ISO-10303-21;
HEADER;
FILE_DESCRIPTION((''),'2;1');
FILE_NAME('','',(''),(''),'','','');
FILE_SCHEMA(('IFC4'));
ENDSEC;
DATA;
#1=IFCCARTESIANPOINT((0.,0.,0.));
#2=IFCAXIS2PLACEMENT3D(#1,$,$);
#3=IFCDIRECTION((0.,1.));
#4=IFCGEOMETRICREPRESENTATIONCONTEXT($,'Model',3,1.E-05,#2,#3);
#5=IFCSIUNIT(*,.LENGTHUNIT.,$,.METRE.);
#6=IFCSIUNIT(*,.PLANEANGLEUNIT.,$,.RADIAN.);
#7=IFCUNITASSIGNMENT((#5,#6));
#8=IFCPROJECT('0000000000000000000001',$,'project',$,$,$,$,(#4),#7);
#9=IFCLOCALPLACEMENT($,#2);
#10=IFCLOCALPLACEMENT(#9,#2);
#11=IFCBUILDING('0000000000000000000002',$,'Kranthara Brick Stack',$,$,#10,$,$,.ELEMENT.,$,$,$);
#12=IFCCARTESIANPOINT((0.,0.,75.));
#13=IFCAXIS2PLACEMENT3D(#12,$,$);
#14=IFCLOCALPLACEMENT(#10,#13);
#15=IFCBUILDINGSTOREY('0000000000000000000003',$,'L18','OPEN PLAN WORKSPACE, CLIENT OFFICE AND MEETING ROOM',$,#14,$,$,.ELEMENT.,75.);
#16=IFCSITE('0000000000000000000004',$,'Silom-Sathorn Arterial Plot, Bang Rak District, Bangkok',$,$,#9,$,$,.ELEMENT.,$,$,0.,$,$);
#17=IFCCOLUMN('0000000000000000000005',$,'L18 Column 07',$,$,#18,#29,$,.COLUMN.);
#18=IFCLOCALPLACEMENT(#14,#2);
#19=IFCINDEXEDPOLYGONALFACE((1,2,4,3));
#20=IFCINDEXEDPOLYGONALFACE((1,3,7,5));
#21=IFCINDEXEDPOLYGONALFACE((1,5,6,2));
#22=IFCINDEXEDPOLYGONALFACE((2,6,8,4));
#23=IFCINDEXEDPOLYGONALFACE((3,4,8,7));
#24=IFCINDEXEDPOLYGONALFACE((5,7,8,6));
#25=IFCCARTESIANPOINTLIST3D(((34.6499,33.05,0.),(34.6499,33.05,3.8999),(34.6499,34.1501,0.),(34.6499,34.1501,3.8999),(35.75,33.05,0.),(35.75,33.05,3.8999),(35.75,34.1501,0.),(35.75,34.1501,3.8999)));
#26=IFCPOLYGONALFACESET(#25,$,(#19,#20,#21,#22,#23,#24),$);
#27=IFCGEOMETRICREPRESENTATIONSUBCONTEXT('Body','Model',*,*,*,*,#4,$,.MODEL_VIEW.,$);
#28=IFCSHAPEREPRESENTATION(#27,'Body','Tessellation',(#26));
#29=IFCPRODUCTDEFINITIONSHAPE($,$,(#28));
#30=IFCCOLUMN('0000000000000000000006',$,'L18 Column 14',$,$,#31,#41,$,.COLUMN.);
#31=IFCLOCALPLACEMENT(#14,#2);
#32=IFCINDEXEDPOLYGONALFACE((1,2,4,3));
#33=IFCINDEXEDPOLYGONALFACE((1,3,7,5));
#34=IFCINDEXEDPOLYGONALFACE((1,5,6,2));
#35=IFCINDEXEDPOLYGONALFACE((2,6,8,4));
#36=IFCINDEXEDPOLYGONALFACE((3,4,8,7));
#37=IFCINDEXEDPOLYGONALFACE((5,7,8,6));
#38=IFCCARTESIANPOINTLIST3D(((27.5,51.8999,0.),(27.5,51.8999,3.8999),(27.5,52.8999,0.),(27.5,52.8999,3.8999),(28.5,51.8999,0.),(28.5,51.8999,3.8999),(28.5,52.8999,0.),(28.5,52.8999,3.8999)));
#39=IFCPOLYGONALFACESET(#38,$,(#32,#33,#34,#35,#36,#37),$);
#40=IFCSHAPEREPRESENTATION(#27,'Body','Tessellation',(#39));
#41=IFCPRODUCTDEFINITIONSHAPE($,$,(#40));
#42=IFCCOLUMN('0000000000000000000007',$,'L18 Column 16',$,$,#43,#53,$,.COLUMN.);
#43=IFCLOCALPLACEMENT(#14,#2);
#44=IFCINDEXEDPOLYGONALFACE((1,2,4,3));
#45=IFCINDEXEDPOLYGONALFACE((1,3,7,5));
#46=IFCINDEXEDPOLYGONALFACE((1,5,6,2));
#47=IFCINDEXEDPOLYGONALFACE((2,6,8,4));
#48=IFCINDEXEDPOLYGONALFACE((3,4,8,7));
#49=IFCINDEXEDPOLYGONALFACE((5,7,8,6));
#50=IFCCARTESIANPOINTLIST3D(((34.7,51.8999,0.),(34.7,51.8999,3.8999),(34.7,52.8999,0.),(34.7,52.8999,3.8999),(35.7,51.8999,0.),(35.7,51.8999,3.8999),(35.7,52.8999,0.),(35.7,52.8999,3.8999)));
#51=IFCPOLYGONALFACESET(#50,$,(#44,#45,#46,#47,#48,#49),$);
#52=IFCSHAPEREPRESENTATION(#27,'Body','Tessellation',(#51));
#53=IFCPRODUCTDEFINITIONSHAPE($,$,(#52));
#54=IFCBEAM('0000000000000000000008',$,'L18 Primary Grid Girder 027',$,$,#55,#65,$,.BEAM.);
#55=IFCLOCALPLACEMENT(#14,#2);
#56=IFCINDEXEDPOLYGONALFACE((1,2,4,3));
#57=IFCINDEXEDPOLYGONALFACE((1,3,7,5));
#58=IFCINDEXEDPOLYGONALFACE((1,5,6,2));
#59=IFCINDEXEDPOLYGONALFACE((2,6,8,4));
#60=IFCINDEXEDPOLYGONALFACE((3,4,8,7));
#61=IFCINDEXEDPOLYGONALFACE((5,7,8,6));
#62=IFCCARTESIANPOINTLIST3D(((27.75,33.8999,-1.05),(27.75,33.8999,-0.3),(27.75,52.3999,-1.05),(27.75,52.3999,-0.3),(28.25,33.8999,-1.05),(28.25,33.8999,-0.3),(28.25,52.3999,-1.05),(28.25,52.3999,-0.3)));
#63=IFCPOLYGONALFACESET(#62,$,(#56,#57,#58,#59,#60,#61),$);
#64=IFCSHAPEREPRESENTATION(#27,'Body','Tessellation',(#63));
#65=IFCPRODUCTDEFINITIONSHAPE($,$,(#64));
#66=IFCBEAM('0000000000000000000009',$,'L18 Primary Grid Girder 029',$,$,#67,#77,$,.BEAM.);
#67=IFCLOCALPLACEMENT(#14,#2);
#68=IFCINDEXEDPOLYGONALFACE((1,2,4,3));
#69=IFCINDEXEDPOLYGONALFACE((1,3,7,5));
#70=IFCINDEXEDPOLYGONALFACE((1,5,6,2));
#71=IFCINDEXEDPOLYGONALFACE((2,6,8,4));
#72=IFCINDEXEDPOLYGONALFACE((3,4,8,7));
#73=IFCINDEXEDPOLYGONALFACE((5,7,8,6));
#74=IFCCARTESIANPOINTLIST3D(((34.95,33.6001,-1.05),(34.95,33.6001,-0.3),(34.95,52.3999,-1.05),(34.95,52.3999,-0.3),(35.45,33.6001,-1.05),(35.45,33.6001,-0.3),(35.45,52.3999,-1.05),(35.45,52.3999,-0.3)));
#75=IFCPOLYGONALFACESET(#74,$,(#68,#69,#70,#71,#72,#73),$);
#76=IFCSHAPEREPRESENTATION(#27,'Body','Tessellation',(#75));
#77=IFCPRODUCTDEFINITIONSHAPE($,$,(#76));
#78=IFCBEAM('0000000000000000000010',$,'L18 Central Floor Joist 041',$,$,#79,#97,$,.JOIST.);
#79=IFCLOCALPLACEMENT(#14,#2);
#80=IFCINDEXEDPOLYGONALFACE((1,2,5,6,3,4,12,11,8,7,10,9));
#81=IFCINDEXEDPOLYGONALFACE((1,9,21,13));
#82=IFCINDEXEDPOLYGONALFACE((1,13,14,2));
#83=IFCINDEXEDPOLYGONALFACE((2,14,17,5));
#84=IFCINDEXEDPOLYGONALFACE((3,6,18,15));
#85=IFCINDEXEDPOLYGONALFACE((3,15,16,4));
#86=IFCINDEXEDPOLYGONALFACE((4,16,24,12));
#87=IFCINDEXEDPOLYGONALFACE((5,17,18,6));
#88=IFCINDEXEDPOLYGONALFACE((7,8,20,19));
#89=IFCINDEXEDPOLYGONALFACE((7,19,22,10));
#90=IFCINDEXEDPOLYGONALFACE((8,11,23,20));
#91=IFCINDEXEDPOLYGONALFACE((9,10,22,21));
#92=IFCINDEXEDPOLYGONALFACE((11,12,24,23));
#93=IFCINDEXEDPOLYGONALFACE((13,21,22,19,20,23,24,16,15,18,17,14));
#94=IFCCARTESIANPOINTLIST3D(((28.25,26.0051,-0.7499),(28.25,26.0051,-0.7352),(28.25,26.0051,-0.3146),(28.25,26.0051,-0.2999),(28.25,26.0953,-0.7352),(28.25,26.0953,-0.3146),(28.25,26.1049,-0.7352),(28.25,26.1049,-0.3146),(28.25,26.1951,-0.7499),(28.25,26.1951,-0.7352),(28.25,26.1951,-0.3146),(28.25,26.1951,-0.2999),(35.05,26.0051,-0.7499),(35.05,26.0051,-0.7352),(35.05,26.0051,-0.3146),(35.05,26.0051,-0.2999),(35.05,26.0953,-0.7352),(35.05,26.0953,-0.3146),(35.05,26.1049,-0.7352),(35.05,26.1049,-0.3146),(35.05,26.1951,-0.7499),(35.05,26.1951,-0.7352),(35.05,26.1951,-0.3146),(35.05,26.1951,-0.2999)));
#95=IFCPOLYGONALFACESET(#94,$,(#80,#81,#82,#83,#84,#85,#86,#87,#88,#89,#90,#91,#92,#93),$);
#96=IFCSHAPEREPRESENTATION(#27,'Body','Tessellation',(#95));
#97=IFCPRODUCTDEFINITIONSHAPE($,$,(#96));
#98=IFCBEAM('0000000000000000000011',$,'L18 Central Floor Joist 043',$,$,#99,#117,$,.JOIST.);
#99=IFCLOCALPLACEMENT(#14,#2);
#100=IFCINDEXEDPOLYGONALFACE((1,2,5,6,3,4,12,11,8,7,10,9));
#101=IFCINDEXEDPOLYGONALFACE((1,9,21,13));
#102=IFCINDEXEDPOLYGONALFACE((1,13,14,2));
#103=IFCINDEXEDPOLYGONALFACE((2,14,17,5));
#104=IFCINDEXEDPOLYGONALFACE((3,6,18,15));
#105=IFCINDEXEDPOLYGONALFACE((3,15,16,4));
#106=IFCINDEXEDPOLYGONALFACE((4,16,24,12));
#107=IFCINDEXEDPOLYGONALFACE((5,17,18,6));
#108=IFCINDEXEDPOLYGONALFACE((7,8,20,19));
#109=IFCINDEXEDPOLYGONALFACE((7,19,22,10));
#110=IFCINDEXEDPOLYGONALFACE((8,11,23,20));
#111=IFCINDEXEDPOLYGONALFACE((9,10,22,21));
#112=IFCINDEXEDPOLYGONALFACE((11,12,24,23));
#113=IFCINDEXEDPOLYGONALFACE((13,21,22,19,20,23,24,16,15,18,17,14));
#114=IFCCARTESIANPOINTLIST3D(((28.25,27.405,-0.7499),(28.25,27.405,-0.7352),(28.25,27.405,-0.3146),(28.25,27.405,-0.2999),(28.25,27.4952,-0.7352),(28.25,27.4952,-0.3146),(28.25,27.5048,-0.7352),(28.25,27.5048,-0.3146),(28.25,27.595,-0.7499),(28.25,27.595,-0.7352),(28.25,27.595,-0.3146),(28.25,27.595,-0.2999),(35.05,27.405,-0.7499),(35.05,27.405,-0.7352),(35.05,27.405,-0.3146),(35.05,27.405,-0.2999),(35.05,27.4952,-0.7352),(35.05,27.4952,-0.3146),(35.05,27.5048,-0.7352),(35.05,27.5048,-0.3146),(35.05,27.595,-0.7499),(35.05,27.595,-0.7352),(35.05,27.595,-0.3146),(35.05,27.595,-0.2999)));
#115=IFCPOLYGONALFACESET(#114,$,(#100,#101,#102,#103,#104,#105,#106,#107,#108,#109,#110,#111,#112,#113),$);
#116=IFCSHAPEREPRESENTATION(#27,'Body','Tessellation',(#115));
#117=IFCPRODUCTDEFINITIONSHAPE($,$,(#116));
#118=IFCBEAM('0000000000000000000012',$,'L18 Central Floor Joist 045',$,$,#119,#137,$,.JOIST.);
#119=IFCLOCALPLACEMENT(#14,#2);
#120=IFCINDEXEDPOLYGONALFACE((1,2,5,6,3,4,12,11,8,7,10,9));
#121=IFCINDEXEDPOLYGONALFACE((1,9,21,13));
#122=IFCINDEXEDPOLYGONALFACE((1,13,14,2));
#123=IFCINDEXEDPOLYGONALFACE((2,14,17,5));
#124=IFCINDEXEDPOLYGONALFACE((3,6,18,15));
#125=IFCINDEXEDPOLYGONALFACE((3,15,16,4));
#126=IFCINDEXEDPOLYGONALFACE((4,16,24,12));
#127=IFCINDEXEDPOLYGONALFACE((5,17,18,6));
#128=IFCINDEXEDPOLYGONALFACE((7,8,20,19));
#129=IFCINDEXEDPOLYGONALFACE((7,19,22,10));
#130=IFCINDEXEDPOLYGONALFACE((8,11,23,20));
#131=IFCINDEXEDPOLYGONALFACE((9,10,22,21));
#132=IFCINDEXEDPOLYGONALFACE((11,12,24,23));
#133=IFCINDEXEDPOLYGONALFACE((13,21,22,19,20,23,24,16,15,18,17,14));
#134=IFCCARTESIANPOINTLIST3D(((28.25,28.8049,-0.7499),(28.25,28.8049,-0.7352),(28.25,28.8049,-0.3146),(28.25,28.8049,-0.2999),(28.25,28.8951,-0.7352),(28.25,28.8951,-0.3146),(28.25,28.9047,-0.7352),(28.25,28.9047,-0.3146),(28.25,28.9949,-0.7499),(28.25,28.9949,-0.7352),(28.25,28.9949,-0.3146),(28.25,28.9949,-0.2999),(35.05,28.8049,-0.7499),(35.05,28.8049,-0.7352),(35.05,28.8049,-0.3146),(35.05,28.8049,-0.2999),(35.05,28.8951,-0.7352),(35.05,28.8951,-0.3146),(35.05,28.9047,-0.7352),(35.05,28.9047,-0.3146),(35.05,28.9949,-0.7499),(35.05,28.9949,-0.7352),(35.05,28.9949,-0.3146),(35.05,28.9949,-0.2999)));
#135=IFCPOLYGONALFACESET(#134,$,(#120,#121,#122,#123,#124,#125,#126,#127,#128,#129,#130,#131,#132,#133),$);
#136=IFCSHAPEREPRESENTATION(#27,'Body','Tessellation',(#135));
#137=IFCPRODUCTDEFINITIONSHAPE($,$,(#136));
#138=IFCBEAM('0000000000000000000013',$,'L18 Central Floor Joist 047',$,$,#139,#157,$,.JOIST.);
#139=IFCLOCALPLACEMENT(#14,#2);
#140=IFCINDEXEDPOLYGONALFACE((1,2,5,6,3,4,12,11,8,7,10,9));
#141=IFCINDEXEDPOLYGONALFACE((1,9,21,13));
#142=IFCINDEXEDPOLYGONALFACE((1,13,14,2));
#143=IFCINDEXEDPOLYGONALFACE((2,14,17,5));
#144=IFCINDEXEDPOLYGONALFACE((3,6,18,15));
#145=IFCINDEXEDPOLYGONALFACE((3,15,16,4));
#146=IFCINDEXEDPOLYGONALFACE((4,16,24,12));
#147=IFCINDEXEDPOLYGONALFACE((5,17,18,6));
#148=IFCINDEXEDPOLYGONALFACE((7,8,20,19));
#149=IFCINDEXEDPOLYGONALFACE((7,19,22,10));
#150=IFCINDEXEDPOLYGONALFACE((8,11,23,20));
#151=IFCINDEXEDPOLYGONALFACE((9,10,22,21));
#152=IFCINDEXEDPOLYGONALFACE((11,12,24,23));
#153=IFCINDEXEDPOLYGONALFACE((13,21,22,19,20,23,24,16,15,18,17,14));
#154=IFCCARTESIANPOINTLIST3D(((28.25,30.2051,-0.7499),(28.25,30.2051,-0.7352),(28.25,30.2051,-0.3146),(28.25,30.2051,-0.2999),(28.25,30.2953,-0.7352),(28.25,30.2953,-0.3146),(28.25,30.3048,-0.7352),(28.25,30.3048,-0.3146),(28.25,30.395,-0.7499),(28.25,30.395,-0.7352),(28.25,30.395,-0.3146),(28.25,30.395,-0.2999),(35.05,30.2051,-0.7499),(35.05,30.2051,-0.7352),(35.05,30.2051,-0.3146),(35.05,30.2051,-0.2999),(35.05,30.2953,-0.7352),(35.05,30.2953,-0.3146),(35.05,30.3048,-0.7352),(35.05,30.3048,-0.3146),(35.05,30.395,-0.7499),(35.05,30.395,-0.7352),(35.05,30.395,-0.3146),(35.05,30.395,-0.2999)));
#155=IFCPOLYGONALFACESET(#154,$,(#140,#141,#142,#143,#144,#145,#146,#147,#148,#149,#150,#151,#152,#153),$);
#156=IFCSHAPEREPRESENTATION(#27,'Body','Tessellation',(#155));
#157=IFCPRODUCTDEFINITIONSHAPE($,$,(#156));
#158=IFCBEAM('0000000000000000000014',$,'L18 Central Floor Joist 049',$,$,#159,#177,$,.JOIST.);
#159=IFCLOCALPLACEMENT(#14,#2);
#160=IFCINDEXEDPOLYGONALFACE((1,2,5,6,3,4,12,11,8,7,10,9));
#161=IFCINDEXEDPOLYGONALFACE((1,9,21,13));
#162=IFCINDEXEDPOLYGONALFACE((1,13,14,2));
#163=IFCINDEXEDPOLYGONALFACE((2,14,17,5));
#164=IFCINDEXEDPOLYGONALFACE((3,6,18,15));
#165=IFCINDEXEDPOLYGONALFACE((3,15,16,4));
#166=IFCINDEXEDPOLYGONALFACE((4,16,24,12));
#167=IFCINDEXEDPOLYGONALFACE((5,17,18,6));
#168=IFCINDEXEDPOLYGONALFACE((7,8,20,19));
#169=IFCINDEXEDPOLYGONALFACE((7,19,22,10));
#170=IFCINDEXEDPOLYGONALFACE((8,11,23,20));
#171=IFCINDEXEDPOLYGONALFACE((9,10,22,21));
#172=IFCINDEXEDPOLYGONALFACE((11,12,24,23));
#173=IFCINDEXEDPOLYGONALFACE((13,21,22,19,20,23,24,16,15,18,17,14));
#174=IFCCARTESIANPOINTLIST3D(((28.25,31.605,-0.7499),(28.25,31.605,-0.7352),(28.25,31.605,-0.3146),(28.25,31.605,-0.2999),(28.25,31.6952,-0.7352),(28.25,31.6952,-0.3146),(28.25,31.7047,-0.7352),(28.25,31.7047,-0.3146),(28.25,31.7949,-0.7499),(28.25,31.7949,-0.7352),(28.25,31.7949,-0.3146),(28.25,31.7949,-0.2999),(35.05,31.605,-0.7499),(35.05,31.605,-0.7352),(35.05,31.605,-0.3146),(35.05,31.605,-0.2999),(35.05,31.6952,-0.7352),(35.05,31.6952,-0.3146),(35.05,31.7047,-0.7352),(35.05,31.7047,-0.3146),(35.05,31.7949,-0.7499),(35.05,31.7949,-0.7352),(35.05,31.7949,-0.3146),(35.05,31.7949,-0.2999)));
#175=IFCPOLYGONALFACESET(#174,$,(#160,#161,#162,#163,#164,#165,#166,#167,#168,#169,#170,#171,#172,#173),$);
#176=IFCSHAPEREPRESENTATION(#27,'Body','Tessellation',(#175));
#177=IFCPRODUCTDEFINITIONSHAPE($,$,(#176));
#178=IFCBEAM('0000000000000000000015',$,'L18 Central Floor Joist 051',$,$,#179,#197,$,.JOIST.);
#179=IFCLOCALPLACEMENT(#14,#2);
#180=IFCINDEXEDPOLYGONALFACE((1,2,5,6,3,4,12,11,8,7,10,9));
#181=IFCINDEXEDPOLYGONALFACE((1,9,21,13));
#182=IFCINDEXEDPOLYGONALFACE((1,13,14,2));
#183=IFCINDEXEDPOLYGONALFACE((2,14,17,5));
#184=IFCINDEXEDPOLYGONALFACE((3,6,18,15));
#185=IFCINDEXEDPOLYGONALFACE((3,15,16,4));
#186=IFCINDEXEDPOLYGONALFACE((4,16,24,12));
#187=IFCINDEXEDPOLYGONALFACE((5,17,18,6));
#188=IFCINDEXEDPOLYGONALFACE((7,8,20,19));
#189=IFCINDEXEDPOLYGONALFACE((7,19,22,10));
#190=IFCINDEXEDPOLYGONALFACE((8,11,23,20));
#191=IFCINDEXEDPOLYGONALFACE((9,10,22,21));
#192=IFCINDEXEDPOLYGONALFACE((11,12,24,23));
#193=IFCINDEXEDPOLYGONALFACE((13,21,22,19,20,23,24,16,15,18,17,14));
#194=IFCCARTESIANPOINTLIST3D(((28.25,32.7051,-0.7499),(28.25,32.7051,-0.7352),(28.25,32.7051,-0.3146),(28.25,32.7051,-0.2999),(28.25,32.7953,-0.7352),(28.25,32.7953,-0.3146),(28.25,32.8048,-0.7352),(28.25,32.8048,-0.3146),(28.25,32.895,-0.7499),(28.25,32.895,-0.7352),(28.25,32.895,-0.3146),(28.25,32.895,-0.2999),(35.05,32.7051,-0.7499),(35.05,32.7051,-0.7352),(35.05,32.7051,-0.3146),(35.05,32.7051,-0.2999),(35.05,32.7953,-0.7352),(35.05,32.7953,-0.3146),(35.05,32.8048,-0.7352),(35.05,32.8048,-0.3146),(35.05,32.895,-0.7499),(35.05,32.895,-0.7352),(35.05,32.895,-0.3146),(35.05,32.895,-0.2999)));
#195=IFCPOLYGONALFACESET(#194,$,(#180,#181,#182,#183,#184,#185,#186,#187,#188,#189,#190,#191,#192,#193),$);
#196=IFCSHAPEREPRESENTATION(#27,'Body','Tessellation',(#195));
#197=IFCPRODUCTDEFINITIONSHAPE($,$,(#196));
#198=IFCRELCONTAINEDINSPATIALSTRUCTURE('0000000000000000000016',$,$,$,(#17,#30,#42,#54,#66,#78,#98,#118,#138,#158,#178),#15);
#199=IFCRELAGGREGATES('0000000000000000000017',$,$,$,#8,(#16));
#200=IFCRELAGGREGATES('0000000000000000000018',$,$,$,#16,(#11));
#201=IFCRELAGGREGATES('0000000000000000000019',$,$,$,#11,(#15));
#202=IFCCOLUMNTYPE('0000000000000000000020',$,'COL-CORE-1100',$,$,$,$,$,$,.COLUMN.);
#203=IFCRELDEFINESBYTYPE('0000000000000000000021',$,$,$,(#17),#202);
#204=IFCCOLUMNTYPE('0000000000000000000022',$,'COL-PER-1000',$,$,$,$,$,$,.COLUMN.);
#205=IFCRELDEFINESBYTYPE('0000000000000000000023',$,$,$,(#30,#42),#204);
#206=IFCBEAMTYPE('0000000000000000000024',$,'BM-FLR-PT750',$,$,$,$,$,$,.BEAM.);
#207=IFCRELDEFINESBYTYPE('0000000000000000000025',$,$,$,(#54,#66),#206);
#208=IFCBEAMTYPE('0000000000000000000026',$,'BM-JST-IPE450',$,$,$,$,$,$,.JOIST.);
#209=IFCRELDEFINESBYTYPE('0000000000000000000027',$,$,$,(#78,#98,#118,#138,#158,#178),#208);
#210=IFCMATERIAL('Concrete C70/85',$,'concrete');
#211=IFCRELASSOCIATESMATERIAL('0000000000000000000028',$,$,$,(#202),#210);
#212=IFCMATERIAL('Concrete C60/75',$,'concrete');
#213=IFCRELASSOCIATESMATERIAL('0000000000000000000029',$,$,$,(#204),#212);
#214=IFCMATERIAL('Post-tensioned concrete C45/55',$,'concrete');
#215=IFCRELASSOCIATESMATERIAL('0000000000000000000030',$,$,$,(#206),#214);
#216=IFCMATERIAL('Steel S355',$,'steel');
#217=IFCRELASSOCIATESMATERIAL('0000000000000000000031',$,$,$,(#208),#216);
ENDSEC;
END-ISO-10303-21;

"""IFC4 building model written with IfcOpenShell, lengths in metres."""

from ifc_helpers import new_model, si_unit, direction, frame, origin, origin_2d, place, context, subcontext, project, spatial, rectangle, i_section, extrude, material, material_profile, profile_set, type_object, element, save


model = new_model("IFC4")

# Units and contexts
model_context = context("Model", 3, precision=1e-05, world=origin(), true_north=direction((0.0, 1.0)))
body_context = subcontext(model_context, "Body", "Model", "MODEL_VIEW")
ifc_project = project(units=[si_unit("LENGTHUNIT", "METRE"), si_unit("PLANEANGLEUNIT", "RADIAN")], contexts=[model_context])

# Site, building, storey
site_placement = place(None, origin())
site = spatial("IfcSite", under=ifc_project, at=site_placement, Name="Silom-Sathorn Arterial Plot, Bang Rak District, Bangkok", CompositionType="ELEMENT", RefElevation=0.0)
building_placement = place(site_placement, origin())
building = spatial("IfcBuilding", under=site, at=building_placement, Name="Kranthara Brick Stack", CompositionType="ELEMENT")
storey_placement = place(building_placement, frame((0.0, 0.0, 75.0)))
storey = spatial("IfcBuildingStorey", under=building, at=storey_placement, Name="L18", Description="OPEN PLAN WORKSPACE, CLIENT OFFICE AND MEETING ROOM", CompositionType="ELEMENT", Elevation=75.0)

# Columns
ifc_material_1 = material(Name="Concrete C70/85", Category="concrete")
ifc_material_profile_1 = material_profile(ifc_material_1, rectangle(XDim=1.1001, YDim=1.1001, at=origin_2d()), Name="RC 1100x1100")
ifc_profile_set_1 = profile_set([ifc_material_profile_1], Name="Concrete C70/85")
column_type_1 = type_object("IfcColumnType", Name="COL-CORE-1100", PredefinedType="COLUMN", material=ifc_profile_set_1)
column_placement = place(storey_placement, frame((35.2, 33.6001, 0.0), z_axis=(0.0, 0.0, 1.0), x_axis=(1.0, 0.0, 0.0)))
element("IfcColumn", 1, at=column_placement, inside=storey, type_object=column_type_1, Name="L18 Column 07", PredefinedType="COLUMN", context=body_context, shape_type="SweptSolid", body=[
    extrude(rectangle(XDim=1.1001, YDim=1.1001, at=origin_2d()), origin(), (0.0, 0.0, 1.0), 3.8999),
])
ifc_material_2 = material(Name="Concrete C60/75", Category="concrete")
ifc_material_profile_2 = material_profile(ifc_material_2, rectangle(XDim=1.0, YDim=1.0, at=origin_2d()), Name="RC 1000x1000")
ifc_profile_set_2 = profile_set([ifc_material_profile_2], Name="Concrete C60/75")
column_type_2 = type_object("IfcColumnType", Name="COL-PER-1000", PredefinedType="COLUMN", material=ifc_profile_set_2)
for number, where, z_axis, x_axis, name in (
    (2, (28.0, 52.3999, 0.0), (0.0, 0.0, 1.0), (1.0, 0.0, 0.0), "L18 Column 14"),
    (3, (35.2, 52.3999, 0.0), (0.0, 0.0, 1.0), (1.0, 0.0, 0.0), "L18 Column 16"),
):
    element("IfcColumn", number, at=place(storey_placement, frame(where, z_axis=z_axis, x_axis=x_axis)), inside=storey, type_object=column_type_2, Name=name, PredefinedType="COLUMN", context=body_context, shape_type="SweptSolid", body=[
        extrude(rectangle(XDim=1.0, YDim=1.0, at=origin_2d()), origin(), (0.0, 0.0, 1.0), 3.8999),
    ])

# Beams
ifc_material_3 = material(Name="Post-tensioned concrete C45/55", Category="concrete")
ifc_material_profile_3 = material_profile(ifc_material_3, rectangle(XDim=0.5, YDim=0.75, at=origin_2d()), Name="PT 500x750")
ifc_profile_set_3 = profile_set([ifc_material_profile_3], Name="Post-tensioned concrete C45/55")
beam_type_1 = type_object("IfcBeamType", Name="BM-FLR-PT750", PredefinedType="BEAM", material=ifc_profile_set_3)
beam_1_placement = place(storey_placement, frame((28.0, 33.8999, -0.675), z_axis=(0.0, 1.0, 0.0), x_axis=(-1.0, 0.0, 0.0)))
element("IfcBeam", 4, at=beam_1_placement, inside=storey, type_object=beam_type_1, Name="L18 Primary Grid Girder 027", PredefinedType="BEAM", context=body_context, shape_type="SweptSolid", body=[
    extrude(rectangle(XDim=0.5, YDim=0.75, at=origin_2d()), origin(), (0.0, 0.0, 1.0), 18.5),
])
beam_2_placement = place(storey_placement, frame((35.2, 33.6001, -0.675), z_axis=(0.0, 1.0, 0.0), x_axis=(-1.0, 0.0, 0.0)))
element("IfcBeam", 5, at=beam_2_placement, inside=storey, type_object=beam_type_1, Name="L18 Primary Grid Girder 029", PredefinedType="BEAM", context=body_context, shape_type="SweptSolid", body=[
    extrude(rectangle(XDim=0.5, YDim=0.75, at=origin_2d()), origin(), (0.0, 0.0, 1.0), 18.7998),
])
ifc_material_4 = material(Name="Steel S355", Category="steel")
ifc_material_profile_4 = material_profile(ifc_material_4, i_section(OverallWidth=0.1899, OverallDepth=0.45, WebThickness=0.0095, FlangeThickness=0.0146, at=origin_2d()), Name="IPE 450")
ifc_profile_set_4 = profile_set([ifc_material_profile_4], Name="Steel S355")
beam_type_2 = type_object("IfcBeamType", Name="BM-JST-IPE450", PredefinedType="JOIST", material=ifc_profile_set_4)
for number, where, z_axis, x_axis, name in (
    (6, (28.25, 26.1001, -0.5249), (1.0, 0.0, 0.0), (0.0, 1.0, 0.0), "L18 Central Floor Joist 041"),
    (7, (28.25, 27.5, -0.5249), (1.0, 0.0, 0.0), (0.0, 1.0, 0.0), "L18 Central Floor Joist 043"),
    (8, (28.25, 28.8999, -0.5249), (1.0, 0.0, 0.0), (0.0, 1.0, 0.0), "L18 Central Floor Joist 045"),
    (9, (28.25, 30.3, -0.5249), (1.0, 0.0, 0.0), (0.0, 1.0, 0.0), "L18 Central Floor Joist 047"),
    (10, (28.25, 31.7, -0.5249), (1.0, 0.0, 0.0), (0.0, 1.0, 0.0), "L18 Central Floor Joist 049"),
    (11, (28.25, 32.8, -0.5249), (1.0, 0.0, 0.0), (0.0, 1.0, 0.0), "L18 Central Floor Joist 051"),
):
    element("IfcBeam", number, at=place(storey_placement, frame(where, z_axis=z_axis, x_axis=x_axis)), inside=storey, type_object=beam_type_2, Name=name, PredefinedType="JOIST", context=body_context, shape_type="SweptSolid", body=[
        extrude(i_section(OverallWidth=0.1899, OverallDepth=0.45, WebThickness=0.0095, FlangeThickness=0.0146, at=origin_2d()), origin(), (0.0, 0.0, 1.0), 6.8),
    ])

save(model, "model.ifc")
